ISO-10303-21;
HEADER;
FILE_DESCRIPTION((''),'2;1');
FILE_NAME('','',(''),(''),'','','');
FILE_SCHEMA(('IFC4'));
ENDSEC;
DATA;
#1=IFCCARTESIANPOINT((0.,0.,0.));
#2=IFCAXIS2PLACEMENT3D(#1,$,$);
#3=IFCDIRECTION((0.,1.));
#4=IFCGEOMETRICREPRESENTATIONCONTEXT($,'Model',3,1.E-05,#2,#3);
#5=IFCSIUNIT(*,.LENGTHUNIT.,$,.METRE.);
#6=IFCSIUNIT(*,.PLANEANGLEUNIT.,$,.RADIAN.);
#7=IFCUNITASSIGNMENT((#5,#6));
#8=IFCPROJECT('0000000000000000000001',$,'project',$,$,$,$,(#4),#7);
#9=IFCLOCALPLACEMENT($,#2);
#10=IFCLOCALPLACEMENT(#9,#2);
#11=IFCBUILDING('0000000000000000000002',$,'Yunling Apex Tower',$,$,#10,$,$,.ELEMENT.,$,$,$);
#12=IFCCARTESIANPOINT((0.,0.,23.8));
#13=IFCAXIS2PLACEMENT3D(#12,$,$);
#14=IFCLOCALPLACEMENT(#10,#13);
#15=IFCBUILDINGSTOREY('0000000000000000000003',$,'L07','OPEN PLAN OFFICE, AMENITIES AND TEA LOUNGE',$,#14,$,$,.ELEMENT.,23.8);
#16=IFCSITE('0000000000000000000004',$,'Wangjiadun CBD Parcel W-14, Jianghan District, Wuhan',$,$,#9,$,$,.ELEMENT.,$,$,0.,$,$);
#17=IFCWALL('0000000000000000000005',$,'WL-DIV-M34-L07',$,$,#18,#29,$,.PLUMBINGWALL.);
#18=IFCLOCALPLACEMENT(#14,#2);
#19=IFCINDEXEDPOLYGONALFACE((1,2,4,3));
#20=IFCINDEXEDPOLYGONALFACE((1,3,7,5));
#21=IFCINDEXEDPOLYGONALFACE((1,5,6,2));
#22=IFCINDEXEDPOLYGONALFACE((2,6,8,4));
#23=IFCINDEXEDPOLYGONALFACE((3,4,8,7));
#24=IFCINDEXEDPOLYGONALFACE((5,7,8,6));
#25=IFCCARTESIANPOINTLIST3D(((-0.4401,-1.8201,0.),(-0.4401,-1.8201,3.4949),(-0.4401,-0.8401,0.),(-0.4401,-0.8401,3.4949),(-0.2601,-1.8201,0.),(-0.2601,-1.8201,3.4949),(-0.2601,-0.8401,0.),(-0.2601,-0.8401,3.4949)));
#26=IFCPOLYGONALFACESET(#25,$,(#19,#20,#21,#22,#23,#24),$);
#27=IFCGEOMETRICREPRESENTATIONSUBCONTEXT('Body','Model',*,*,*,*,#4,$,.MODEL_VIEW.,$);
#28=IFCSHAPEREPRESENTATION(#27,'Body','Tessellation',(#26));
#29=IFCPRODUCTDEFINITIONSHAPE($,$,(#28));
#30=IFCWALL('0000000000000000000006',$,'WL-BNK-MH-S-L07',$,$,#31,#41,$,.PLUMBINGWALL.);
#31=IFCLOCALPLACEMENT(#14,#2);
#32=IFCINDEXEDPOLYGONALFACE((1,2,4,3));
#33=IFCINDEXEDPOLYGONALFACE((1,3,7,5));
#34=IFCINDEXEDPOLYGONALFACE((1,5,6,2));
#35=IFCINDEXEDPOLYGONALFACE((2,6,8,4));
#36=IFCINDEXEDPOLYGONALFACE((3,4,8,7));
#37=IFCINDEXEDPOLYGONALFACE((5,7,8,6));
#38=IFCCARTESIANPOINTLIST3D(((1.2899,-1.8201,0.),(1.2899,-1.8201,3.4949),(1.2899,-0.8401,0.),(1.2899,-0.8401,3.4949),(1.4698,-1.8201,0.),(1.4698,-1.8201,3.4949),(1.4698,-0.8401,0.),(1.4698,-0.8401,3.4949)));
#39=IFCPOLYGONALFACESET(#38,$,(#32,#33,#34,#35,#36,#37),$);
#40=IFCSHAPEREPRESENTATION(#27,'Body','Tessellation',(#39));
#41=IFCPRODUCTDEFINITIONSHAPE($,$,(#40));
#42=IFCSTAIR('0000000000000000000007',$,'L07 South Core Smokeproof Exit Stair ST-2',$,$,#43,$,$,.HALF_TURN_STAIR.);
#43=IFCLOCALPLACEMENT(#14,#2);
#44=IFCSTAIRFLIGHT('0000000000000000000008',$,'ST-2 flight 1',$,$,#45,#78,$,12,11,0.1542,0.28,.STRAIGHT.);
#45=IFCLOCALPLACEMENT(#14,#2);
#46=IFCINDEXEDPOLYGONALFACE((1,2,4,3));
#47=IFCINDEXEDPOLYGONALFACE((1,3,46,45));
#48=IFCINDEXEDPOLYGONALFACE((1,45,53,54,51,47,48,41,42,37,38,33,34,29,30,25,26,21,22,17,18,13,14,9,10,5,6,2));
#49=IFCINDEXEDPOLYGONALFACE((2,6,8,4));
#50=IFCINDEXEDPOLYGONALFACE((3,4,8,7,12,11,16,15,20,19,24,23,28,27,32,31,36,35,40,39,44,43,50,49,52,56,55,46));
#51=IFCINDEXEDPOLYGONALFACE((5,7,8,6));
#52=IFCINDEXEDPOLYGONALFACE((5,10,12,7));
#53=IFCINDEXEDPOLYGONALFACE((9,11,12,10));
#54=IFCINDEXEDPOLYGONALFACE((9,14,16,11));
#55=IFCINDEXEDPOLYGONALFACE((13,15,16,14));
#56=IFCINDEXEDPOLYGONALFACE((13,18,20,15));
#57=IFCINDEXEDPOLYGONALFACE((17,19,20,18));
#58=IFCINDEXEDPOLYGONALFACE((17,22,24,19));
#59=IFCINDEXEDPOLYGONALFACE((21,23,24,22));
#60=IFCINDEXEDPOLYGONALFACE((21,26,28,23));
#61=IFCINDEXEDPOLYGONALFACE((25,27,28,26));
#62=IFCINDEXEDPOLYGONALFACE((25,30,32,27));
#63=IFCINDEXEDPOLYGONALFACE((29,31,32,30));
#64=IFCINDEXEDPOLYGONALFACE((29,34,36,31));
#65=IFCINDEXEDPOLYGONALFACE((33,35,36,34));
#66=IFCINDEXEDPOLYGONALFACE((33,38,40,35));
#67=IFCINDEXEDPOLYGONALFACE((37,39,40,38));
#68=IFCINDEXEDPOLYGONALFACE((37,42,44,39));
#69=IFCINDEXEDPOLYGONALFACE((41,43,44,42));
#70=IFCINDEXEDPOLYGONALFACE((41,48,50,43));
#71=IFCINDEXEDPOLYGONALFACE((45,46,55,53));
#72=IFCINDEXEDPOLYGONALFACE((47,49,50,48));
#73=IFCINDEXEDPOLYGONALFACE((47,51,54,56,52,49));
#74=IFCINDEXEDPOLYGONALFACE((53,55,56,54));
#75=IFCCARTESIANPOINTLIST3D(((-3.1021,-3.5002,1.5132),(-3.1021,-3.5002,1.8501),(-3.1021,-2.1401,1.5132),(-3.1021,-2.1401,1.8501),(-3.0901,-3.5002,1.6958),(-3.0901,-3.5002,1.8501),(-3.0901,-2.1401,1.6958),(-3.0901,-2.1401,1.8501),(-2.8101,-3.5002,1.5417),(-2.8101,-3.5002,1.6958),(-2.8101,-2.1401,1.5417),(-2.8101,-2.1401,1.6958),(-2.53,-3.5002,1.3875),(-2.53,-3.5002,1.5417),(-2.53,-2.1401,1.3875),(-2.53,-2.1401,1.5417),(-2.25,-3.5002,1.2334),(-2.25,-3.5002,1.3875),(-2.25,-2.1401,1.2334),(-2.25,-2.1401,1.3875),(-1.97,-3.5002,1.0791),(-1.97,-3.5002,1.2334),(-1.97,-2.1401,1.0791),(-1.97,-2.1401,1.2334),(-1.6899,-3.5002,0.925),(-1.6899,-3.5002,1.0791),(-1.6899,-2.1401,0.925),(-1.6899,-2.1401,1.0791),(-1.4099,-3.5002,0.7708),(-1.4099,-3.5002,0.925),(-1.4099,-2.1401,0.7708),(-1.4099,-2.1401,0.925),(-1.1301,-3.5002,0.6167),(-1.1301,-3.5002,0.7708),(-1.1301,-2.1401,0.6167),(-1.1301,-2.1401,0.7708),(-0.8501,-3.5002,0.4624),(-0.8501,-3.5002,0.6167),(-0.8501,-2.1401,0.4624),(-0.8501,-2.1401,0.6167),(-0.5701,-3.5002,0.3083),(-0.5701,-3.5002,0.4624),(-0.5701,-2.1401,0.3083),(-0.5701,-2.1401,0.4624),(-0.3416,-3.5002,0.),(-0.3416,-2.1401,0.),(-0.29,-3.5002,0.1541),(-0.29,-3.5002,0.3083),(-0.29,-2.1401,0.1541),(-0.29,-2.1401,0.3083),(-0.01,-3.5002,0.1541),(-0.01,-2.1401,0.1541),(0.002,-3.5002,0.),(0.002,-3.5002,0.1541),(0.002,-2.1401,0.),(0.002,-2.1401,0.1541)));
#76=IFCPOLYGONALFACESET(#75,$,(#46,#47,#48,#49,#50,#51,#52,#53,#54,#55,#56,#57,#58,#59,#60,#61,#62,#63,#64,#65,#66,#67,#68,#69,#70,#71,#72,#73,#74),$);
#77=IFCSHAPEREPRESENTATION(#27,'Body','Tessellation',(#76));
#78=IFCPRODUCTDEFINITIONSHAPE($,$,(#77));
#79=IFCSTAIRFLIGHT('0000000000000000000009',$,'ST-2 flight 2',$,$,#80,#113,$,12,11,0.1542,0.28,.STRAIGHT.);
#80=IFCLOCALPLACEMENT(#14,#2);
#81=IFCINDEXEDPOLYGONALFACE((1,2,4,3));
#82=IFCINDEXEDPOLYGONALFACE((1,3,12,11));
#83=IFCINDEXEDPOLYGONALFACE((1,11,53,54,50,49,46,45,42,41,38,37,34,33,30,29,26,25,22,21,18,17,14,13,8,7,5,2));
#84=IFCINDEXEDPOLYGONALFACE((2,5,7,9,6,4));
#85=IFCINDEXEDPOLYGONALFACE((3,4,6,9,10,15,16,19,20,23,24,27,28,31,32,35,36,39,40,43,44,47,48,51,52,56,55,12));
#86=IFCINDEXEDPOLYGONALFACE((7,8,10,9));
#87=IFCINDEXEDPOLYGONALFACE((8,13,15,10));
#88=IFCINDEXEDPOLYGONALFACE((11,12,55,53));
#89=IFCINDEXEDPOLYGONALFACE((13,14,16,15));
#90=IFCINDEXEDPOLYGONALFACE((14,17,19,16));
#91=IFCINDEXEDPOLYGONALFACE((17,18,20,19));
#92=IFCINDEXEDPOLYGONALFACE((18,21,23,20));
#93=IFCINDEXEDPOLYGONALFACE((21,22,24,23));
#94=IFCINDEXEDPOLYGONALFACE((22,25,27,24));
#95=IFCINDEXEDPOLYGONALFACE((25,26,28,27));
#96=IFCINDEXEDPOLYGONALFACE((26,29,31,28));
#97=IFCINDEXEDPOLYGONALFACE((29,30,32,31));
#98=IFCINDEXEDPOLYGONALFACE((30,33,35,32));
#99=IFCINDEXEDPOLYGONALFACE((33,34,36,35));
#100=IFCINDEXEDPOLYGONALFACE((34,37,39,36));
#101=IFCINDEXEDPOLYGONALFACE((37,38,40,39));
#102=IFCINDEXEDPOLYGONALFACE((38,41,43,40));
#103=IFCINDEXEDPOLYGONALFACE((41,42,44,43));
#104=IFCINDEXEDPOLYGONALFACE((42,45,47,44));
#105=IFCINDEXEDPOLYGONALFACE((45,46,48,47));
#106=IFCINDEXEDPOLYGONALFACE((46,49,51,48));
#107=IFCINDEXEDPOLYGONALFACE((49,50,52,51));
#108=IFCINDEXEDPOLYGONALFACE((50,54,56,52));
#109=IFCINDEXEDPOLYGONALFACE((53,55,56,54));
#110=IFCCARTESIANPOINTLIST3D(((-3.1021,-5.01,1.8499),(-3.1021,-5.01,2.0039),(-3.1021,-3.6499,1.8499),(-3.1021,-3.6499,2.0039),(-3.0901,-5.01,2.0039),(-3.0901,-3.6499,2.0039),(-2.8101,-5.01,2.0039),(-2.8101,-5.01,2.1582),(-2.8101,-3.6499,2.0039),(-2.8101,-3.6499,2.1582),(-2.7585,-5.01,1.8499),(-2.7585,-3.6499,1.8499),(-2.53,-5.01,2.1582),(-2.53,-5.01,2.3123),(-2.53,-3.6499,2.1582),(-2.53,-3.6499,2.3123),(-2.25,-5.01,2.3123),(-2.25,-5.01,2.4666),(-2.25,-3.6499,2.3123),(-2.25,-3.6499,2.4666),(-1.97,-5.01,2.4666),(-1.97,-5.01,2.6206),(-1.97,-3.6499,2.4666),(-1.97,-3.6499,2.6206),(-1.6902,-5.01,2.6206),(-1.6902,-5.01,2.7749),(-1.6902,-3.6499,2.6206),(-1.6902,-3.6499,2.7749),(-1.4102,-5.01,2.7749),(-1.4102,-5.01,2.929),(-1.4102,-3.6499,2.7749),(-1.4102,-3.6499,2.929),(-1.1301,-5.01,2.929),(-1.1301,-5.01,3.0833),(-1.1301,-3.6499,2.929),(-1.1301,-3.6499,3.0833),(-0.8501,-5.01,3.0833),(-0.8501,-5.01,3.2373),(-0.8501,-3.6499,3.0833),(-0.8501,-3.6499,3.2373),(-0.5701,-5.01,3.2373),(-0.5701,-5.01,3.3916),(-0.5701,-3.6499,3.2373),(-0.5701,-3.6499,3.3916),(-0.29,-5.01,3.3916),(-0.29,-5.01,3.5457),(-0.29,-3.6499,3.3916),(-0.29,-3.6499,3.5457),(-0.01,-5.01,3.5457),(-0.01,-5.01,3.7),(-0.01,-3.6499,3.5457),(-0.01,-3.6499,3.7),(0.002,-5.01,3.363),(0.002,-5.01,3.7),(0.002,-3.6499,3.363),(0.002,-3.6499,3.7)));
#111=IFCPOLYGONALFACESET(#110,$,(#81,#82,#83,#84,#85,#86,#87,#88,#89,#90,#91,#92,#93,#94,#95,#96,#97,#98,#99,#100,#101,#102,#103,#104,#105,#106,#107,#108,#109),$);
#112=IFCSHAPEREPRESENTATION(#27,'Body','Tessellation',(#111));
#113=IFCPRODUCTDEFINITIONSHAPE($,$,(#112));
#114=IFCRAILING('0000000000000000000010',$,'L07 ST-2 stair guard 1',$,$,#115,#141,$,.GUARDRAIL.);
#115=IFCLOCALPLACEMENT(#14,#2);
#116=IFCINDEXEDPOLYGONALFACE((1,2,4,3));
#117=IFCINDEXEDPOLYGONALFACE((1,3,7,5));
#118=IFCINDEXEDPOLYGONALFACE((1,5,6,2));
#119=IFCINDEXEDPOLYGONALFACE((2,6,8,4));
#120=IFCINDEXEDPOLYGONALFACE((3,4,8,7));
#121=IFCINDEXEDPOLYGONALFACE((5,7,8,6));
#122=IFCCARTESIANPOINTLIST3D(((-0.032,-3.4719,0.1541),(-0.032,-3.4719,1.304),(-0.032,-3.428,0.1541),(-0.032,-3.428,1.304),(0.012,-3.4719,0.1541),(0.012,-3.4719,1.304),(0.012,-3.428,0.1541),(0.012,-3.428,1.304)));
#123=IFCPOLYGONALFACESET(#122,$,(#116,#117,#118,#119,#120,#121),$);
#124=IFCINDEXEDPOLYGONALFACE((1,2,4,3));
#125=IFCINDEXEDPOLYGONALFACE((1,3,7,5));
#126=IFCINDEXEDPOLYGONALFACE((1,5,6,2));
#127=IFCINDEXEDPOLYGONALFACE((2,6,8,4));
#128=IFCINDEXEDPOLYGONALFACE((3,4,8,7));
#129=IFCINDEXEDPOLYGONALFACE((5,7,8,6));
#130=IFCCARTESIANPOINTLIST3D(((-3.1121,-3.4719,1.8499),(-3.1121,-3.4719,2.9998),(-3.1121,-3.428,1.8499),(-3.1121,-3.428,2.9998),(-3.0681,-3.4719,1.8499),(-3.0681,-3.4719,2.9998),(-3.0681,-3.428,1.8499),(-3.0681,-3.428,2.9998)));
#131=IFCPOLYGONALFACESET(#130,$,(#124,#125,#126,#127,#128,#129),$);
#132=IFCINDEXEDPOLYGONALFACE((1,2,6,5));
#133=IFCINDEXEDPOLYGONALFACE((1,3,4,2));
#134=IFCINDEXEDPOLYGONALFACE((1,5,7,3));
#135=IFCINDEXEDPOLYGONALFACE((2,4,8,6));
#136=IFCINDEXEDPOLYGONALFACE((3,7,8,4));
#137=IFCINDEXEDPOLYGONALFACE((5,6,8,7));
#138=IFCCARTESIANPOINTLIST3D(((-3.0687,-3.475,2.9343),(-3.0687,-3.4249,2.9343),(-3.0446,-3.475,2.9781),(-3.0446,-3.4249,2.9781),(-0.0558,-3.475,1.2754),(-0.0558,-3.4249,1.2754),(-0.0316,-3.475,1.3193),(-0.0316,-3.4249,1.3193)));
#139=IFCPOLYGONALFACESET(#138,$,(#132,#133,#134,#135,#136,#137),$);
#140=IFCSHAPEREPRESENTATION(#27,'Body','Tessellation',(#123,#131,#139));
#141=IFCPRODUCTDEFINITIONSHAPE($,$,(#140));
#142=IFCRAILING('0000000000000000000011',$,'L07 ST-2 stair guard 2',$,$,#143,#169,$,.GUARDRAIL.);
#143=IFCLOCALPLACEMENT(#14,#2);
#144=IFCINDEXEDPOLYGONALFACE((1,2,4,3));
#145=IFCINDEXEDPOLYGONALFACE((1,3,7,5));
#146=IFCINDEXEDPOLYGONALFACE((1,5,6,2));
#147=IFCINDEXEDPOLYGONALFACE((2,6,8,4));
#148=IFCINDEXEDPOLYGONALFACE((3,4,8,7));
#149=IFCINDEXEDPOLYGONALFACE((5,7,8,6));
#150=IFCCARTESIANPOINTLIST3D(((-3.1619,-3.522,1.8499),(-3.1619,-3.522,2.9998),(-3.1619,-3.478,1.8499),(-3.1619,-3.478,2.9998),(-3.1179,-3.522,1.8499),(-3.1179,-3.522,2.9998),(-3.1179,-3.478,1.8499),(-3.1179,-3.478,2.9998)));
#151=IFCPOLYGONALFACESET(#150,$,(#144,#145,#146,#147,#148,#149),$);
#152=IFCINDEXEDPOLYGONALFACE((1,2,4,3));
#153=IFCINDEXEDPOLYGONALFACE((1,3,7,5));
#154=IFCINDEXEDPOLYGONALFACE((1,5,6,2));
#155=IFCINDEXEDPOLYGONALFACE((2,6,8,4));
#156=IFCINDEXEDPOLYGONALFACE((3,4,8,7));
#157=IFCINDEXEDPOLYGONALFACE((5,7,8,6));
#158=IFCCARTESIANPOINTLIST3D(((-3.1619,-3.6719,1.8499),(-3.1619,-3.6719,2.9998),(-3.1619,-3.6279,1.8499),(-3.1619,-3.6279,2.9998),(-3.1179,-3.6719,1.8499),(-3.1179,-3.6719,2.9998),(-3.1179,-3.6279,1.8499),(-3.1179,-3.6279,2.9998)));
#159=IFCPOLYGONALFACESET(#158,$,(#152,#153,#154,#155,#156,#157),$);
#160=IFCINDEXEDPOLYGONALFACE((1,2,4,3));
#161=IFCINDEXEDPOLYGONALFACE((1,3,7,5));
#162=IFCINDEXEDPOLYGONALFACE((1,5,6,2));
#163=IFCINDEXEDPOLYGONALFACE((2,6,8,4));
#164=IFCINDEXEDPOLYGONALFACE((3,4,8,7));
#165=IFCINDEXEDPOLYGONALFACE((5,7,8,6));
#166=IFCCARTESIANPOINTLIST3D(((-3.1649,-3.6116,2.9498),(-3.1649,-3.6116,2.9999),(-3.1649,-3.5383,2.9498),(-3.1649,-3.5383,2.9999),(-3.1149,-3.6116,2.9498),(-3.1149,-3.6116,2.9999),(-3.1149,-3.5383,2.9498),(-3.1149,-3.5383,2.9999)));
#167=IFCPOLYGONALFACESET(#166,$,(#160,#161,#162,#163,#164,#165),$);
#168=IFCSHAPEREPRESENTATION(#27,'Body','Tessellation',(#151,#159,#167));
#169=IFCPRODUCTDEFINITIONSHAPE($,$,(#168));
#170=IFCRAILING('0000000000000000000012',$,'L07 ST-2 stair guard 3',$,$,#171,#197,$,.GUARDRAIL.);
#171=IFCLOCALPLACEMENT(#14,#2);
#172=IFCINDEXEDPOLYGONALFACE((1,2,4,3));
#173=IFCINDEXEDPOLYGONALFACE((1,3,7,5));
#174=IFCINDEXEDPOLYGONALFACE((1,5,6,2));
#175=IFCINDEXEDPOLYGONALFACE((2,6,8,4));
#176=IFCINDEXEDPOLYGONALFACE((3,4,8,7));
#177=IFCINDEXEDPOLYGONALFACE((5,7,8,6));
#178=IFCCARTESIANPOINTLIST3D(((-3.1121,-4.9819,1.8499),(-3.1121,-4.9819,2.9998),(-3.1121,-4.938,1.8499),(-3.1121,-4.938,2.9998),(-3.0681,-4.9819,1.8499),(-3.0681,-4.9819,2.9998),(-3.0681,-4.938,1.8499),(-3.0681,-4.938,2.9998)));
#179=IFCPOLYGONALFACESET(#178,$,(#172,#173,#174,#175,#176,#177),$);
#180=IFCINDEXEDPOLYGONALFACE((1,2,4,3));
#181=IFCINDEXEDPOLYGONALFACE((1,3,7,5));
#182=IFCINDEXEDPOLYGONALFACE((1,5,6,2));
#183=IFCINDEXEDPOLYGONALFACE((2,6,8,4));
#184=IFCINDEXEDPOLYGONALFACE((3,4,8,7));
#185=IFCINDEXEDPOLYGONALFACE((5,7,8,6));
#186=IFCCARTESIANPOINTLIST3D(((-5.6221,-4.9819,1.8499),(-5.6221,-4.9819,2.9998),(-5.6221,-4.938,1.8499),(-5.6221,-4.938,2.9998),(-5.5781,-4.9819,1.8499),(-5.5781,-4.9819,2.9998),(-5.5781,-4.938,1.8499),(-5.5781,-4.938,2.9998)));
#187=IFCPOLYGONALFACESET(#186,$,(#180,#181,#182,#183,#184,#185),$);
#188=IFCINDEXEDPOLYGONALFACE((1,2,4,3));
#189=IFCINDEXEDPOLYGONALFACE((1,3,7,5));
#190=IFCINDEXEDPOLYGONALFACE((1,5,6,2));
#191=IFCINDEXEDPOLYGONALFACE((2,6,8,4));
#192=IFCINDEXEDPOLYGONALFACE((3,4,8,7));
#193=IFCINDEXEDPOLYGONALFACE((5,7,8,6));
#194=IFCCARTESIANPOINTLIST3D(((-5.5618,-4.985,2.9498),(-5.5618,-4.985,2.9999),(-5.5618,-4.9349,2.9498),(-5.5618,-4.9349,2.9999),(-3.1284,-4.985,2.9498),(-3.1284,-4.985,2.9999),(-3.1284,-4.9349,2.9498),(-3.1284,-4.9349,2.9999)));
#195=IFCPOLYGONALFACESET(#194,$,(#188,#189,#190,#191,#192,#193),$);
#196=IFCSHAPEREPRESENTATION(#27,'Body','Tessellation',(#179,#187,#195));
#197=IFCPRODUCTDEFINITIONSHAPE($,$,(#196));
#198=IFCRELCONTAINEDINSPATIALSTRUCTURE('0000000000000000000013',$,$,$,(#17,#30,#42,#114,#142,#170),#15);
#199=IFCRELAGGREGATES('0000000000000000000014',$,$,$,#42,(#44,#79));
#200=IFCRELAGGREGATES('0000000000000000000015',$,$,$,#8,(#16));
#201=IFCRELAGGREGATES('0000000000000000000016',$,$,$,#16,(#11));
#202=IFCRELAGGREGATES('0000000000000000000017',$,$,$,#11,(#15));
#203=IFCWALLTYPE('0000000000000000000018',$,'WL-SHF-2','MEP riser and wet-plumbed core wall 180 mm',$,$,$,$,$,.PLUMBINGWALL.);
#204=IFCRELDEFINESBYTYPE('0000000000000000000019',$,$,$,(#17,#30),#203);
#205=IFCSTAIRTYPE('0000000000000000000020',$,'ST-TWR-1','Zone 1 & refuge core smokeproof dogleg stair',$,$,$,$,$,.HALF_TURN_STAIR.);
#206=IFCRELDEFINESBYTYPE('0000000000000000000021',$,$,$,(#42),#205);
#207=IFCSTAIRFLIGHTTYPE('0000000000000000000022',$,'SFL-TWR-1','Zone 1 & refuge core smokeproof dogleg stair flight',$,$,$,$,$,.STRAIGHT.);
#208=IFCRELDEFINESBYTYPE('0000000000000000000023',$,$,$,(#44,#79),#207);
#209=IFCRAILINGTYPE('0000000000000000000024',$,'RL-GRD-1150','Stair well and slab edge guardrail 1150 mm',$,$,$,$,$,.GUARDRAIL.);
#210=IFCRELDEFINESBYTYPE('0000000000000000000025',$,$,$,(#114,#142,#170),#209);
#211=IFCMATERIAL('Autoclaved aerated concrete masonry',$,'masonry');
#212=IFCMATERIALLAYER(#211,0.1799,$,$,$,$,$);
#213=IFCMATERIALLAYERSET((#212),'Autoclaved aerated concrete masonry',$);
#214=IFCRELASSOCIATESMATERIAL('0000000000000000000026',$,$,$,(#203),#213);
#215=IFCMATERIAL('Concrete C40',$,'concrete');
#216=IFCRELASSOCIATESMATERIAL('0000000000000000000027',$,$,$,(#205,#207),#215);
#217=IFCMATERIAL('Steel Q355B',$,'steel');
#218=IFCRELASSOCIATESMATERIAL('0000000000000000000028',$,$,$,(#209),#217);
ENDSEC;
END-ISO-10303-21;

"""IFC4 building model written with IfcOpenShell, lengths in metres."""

from ifc_helpers import new_model, si_unit, direction, frame, frame_2d, origin, origin_2d, place, context, subcontext, project, spatial, polyline, rectangle, outline, extrude, material, layer, layer_set, type_object, element, aggregate, save


model = new_model("IFC4")

# Units and contexts
model_context = context("Model", 3, precision=1e-05, world=origin(), true_north=direction((0.0, 1.0)))
body_context = subcontext(model_context, "Body", "Model", "MODEL_VIEW")
ifc_project = project(units=[si_unit("LENGTHUNIT", "METRE"), si_unit("PLANEANGLEUNIT", "RADIAN")], contexts=[model_context])

# Site, building, storey
site_placement = place(None, origin())
site = spatial("IfcSite", under=ifc_project, at=site_placement, Name="Wangjiadun CBD Parcel W-14, Jianghan District, Wuhan", CompositionType="ELEMENT", RefElevation=0.0)
building_placement = place(site_placement, origin())
building = spatial("IfcBuilding", under=site, at=building_placement, Name="Yunling Apex Tower", CompositionType="ELEMENT")
storey_placement = place(building_placement, frame((0.0, 0.0, 23.8)))
storey = spatial("IfcBuildingStorey", under=building, at=storey_placement, Name="L07", Description="OPEN PLAN OFFICE, AMENITIES AND TEA LOUNGE", CompositionType="ELEMENT", Elevation=23.8)

# Shared definitions
ifc_material_1 = material(Name="Steel Q355B", Category="steel")

# Shared definitions
ifc_material_2 = material(Name="Concrete C40", Category="concrete")

# Shared definitions
ifc_material_3 = material(Name="Autoclaved aerated concrete masonry", Category="masonry")

# Walls
ifc_layer_1 = layer(ifc_material_3, 0.1799)
ifc_layer_set_1 = layer_set([ifc_layer_1], Name="Autoclaved aerated concrete masonry")
wall_type_1 = type_object("IfcWallType", Name="WL-SHF-2", Description="MEP riser and wet-plumbed core wall 180 mm", PredefinedType="PLUMBINGWALL", material=ifc_layer_set_1)
for number, where, z_axis, x_axis, name in (
    (1, (-0.3501, -1.8201, 0.0), (0.0, 0.0, 1.0), (0.0, 1.0, 0.0), "WL-DIV-M34-L07"),
    (2, (1.3799, -1.8201, 0.0), (0.0, 0.0, 1.0), (0.0, 1.0, 0.0), "WL-BNK-MH-S-L07"),
):
    element("IfcWall", number, at=place(storey_placement, frame(where, z_axis=z_axis, x_axis=x_axis)), inside=storey, type_object=wall_type_1, Name=name, PredefinedType="PLUMBINGWALL", context=body_context, shape_type="SweptSolid", body=[
        extrude(rectangle(XDim=0.98, YDim=0.1799, at=frame_2d((0.49, 0.0))), origin(), (0.0, 0.0, 1.0), 3.4949),
    ])

# Stair, stair flights
stair_type = type_object("IfcStairType", Name="ST-TWR-1", Description="Zone 1 & refuge core smokeproof dogleg stair", PredefinedType="HALF_TURN_STAIR", material=ifc_material_2)
stair_placement = place(storey_placement, origin())
stair = element("IfcStair", 3, at=stair_placement, inside=storey, type_object=stair_type, Name="L07 South Core Smokeproof Exit Stair ST-2", PredefinedType="HALF_TURN_STAIR")
stair_flight_type = type_object("IfcStairFlightType", Name="SFL-TWR-1", Description="Zone 1 & refuge core smokeproof dogleg stair flight", PredefinedType="STRAIGHT", material=ifc_material_2)
stair_flight_1_placement = place(storey_placement, frame((-0.01, -2.8201, 0.0), z_axis=(0.0, 0.0, 1.0), x_axis=(-1.0, 0.0, 0.0)))
stair_flight_1 = element("IfcStairFlight", 4, at=stair_flight_1_placement, type_object=stair_flight_type, Name="ST-2 flight 1", NumberOfRisers=12, NumberOfTreads=11, PredefinedType="STRAIGHT", RiserHeight=0.1542, TreadLength=0.28, context=body_context, shape_type="SweptSolid", body=[
    extrude(outline(polyline([(-0.012, 0.0), (-0.012, 0.1541), (0.0, 0.1541), (0.28, 0.1541), (0.28, 0.3083), (0.5601, 0.3083), (0.5601, 0.4624), (0.8401, 0.4624), (0.8401, 0.6167), (1.1201, 0.6167), (1.1201, 0.7708), (1.3999, 0.7708), (1.3999, 0.925), (1.6799, 0.925), (1.6799, 1.0791), (1.96, 1.0791), (1.96, 1.2334), (2.24, 1.2334), (2.24, 1.3875), (2.52, 1.3875), (2.52, 1.5417), (2.8, 1.5417), (2.8, 1.6958), (3.0801, 1.6958), (3.0801, 1.8501), (3.092, 1.8501), (3.092, 1.5132), (0.3315, 0.0), (-0.012, 0.0)])), frame((0.0, 0.6802, 0.0), z_axis=(0.0, -1.0, 0.0), x_axis=(1.0, 0.0, 0.0)), (0.0, 0.0, 1.0), 1.3601),
])
stair_flight_2_placement = place(storey_placement, frame((-3.0901, -4.3301, 1.8499), z_axis=(0.0, 0.0, 1.0), x_axis=(1.0, 0.0, 0.0)))
stair_flight_2 = element("IfcStairFlight", 5, at=stair_flight_2_placement, type_object=stair_flight_type, Name="ST-2 flight 2", NumberOfRisers=12, NumberOfTreads=11, PredefinedType="STRAIGHT", RiserHeight=0.1542, TreadLength=0.28, context=body_context, shape_type="SweptSolid", body=[
    extrude(outline(polyline([(-0.012, 0.0), (-0.012, 0.1541), (0.0, 0.1541), (0.28, 0.1541), (0.28, 0.3083), (0.5601, 0.3083), (0.5601, 0.4624), (0.8401, 0.4624), (0.8401, 0.6167), (1.1201, 0.6167), (1.1201, 0.7708), (1.3999, 0.7708), (1.3999, 0.925), (1.6799, 0.925), (1.6799, 1.0791), (1.96, 1.0791), (1.96, 1.2334), (2.24, 1.2334), (2.24, 1.3875), (2.52, 1.3875), (2.52, 1.5417), (2.8, 1.5417), (2.8, 1.6958), (3.0801, 1.6958), (3.0801, 1.8501), (3.092, 1.8501), (3.092, 1.5132), (0.3315, 0.0), (-0.012, 0.0)])), frame((0.0, 0.6802, 0.0), z_axis=(0.0, -1.0, 0.0), x_axis=(1.0, 0.0, 0.0)), (0.0, 0.0, 1.0), 1.3601),
])
aggregate(stair, [stair_flight_1, stair_flight_2])

# Railings
railing_type_1 = type_object("IfcRailingType", Name="RL-GRD-1150", Description="Stair well and slab edge guardrail 1150 mm", PredefinedType="GUARDRAIL", material=ifc_material_1)
railing_1_placement = place(storey_placement, frame((-0.01, -3.45, 0.1541)))
element("IfcRailing", 6, at=railing_1_placement, inside=storey, type_object=railing_type_1, Name="L07 ST-2 stair guard 1", PredefinedType="GUARDRAIL", context=body_context, shape_type="SweptSolid", body=[
    extrude(rectangle(XDim=0.0439, YDim=0.0439, at=origin_2d()), origin(), (0.0, 0.0, 1.0), 1.1499),
    extrude(rectangle(XDim=0.0439, YDim=0.0439, at=origin_2d()), frame((-3.0801, 0.0, 1.6958)), (0.0, 0.0, 1.0), 1.1499),
    extrude(rectangle(XDim=0.05, YDim=0.05, at=origin_2d()), frame((-0.0337, 0.0, 1.1433), z_axis=(-0.876005, 0.0, 0.482303), x_axis=(0.0, -1.0, 0.0)), (0.0, 0.0, 1.0), 3.4395),
])
railing_2_placement = place(storey_placement, frame((-3.1399, -3.5, 1.8499)))
element("IfcRailing", 7, at=railing_2_placement, inside=storey, type_object=railing_type_1, Name="L07 ST-2 stair guard 2", PredefinedType="GUARDRAIL", context=body_context, shape_type="SweptSolid", body=[
    extrude(rectangle(XDim=0.0439, YDim=0.0439, at=origin_2d()), origin(), (0.0, 0.0, 1.0), 1.1499),
    extrude(rectangle(XDim=0.0439, YDim=0.0439, at=origin_2d()), frame((0.0, -0.1499, 0.0)), (0.0, 0.0, 1.0), 1.1499),
    extrude(rectangle(XDim=0.05, YDim=0.05, at=origin_2d()), frame((0.0, -0.0383, 1.125), z_axis=(0.0, -1.0, 0.0), x_axis=(1.0, 0.0, 0.0)), (0.0, 0.0, 1.0), 0.0732),
])
railing_3_placement = place(storey_placement, frame((-3.0901, -4.96, 1.8499)))
element("IfcRailing", 8, at=railing_3_placement, inside=storey, type_object=railing_type_1, Name="L07 ST-2 stair guard 3", PredefinedType="GUARDRAIL", context=body_context, shape_type="SweptSolid", body=[
    extrude(rectangle(XDim=0.0439, YDim=0.0439, at=origin_2d()), origin(), (0.0, 0.0, 1.0), 1.1499),
    extrude(rectangle(XDim=0.0439, YDim=0.0439, at=origin_2d()), frame((-2.51, 0.0, 0.0)), (0.0, 0.0, 1.0), 1.1499),
    extrude(rectangle(XDim=0.05, YDim=0.05, at=origin_2d()), frame((-0.0383, 0.0, 1.125), z_axis=(-1.0, 0.0, 0.0), x_axis=(0.0, -1.0, 0.0)), (0.0, 0.0, 1.0), 2.4333),
])

save(model, "model.ifc")
